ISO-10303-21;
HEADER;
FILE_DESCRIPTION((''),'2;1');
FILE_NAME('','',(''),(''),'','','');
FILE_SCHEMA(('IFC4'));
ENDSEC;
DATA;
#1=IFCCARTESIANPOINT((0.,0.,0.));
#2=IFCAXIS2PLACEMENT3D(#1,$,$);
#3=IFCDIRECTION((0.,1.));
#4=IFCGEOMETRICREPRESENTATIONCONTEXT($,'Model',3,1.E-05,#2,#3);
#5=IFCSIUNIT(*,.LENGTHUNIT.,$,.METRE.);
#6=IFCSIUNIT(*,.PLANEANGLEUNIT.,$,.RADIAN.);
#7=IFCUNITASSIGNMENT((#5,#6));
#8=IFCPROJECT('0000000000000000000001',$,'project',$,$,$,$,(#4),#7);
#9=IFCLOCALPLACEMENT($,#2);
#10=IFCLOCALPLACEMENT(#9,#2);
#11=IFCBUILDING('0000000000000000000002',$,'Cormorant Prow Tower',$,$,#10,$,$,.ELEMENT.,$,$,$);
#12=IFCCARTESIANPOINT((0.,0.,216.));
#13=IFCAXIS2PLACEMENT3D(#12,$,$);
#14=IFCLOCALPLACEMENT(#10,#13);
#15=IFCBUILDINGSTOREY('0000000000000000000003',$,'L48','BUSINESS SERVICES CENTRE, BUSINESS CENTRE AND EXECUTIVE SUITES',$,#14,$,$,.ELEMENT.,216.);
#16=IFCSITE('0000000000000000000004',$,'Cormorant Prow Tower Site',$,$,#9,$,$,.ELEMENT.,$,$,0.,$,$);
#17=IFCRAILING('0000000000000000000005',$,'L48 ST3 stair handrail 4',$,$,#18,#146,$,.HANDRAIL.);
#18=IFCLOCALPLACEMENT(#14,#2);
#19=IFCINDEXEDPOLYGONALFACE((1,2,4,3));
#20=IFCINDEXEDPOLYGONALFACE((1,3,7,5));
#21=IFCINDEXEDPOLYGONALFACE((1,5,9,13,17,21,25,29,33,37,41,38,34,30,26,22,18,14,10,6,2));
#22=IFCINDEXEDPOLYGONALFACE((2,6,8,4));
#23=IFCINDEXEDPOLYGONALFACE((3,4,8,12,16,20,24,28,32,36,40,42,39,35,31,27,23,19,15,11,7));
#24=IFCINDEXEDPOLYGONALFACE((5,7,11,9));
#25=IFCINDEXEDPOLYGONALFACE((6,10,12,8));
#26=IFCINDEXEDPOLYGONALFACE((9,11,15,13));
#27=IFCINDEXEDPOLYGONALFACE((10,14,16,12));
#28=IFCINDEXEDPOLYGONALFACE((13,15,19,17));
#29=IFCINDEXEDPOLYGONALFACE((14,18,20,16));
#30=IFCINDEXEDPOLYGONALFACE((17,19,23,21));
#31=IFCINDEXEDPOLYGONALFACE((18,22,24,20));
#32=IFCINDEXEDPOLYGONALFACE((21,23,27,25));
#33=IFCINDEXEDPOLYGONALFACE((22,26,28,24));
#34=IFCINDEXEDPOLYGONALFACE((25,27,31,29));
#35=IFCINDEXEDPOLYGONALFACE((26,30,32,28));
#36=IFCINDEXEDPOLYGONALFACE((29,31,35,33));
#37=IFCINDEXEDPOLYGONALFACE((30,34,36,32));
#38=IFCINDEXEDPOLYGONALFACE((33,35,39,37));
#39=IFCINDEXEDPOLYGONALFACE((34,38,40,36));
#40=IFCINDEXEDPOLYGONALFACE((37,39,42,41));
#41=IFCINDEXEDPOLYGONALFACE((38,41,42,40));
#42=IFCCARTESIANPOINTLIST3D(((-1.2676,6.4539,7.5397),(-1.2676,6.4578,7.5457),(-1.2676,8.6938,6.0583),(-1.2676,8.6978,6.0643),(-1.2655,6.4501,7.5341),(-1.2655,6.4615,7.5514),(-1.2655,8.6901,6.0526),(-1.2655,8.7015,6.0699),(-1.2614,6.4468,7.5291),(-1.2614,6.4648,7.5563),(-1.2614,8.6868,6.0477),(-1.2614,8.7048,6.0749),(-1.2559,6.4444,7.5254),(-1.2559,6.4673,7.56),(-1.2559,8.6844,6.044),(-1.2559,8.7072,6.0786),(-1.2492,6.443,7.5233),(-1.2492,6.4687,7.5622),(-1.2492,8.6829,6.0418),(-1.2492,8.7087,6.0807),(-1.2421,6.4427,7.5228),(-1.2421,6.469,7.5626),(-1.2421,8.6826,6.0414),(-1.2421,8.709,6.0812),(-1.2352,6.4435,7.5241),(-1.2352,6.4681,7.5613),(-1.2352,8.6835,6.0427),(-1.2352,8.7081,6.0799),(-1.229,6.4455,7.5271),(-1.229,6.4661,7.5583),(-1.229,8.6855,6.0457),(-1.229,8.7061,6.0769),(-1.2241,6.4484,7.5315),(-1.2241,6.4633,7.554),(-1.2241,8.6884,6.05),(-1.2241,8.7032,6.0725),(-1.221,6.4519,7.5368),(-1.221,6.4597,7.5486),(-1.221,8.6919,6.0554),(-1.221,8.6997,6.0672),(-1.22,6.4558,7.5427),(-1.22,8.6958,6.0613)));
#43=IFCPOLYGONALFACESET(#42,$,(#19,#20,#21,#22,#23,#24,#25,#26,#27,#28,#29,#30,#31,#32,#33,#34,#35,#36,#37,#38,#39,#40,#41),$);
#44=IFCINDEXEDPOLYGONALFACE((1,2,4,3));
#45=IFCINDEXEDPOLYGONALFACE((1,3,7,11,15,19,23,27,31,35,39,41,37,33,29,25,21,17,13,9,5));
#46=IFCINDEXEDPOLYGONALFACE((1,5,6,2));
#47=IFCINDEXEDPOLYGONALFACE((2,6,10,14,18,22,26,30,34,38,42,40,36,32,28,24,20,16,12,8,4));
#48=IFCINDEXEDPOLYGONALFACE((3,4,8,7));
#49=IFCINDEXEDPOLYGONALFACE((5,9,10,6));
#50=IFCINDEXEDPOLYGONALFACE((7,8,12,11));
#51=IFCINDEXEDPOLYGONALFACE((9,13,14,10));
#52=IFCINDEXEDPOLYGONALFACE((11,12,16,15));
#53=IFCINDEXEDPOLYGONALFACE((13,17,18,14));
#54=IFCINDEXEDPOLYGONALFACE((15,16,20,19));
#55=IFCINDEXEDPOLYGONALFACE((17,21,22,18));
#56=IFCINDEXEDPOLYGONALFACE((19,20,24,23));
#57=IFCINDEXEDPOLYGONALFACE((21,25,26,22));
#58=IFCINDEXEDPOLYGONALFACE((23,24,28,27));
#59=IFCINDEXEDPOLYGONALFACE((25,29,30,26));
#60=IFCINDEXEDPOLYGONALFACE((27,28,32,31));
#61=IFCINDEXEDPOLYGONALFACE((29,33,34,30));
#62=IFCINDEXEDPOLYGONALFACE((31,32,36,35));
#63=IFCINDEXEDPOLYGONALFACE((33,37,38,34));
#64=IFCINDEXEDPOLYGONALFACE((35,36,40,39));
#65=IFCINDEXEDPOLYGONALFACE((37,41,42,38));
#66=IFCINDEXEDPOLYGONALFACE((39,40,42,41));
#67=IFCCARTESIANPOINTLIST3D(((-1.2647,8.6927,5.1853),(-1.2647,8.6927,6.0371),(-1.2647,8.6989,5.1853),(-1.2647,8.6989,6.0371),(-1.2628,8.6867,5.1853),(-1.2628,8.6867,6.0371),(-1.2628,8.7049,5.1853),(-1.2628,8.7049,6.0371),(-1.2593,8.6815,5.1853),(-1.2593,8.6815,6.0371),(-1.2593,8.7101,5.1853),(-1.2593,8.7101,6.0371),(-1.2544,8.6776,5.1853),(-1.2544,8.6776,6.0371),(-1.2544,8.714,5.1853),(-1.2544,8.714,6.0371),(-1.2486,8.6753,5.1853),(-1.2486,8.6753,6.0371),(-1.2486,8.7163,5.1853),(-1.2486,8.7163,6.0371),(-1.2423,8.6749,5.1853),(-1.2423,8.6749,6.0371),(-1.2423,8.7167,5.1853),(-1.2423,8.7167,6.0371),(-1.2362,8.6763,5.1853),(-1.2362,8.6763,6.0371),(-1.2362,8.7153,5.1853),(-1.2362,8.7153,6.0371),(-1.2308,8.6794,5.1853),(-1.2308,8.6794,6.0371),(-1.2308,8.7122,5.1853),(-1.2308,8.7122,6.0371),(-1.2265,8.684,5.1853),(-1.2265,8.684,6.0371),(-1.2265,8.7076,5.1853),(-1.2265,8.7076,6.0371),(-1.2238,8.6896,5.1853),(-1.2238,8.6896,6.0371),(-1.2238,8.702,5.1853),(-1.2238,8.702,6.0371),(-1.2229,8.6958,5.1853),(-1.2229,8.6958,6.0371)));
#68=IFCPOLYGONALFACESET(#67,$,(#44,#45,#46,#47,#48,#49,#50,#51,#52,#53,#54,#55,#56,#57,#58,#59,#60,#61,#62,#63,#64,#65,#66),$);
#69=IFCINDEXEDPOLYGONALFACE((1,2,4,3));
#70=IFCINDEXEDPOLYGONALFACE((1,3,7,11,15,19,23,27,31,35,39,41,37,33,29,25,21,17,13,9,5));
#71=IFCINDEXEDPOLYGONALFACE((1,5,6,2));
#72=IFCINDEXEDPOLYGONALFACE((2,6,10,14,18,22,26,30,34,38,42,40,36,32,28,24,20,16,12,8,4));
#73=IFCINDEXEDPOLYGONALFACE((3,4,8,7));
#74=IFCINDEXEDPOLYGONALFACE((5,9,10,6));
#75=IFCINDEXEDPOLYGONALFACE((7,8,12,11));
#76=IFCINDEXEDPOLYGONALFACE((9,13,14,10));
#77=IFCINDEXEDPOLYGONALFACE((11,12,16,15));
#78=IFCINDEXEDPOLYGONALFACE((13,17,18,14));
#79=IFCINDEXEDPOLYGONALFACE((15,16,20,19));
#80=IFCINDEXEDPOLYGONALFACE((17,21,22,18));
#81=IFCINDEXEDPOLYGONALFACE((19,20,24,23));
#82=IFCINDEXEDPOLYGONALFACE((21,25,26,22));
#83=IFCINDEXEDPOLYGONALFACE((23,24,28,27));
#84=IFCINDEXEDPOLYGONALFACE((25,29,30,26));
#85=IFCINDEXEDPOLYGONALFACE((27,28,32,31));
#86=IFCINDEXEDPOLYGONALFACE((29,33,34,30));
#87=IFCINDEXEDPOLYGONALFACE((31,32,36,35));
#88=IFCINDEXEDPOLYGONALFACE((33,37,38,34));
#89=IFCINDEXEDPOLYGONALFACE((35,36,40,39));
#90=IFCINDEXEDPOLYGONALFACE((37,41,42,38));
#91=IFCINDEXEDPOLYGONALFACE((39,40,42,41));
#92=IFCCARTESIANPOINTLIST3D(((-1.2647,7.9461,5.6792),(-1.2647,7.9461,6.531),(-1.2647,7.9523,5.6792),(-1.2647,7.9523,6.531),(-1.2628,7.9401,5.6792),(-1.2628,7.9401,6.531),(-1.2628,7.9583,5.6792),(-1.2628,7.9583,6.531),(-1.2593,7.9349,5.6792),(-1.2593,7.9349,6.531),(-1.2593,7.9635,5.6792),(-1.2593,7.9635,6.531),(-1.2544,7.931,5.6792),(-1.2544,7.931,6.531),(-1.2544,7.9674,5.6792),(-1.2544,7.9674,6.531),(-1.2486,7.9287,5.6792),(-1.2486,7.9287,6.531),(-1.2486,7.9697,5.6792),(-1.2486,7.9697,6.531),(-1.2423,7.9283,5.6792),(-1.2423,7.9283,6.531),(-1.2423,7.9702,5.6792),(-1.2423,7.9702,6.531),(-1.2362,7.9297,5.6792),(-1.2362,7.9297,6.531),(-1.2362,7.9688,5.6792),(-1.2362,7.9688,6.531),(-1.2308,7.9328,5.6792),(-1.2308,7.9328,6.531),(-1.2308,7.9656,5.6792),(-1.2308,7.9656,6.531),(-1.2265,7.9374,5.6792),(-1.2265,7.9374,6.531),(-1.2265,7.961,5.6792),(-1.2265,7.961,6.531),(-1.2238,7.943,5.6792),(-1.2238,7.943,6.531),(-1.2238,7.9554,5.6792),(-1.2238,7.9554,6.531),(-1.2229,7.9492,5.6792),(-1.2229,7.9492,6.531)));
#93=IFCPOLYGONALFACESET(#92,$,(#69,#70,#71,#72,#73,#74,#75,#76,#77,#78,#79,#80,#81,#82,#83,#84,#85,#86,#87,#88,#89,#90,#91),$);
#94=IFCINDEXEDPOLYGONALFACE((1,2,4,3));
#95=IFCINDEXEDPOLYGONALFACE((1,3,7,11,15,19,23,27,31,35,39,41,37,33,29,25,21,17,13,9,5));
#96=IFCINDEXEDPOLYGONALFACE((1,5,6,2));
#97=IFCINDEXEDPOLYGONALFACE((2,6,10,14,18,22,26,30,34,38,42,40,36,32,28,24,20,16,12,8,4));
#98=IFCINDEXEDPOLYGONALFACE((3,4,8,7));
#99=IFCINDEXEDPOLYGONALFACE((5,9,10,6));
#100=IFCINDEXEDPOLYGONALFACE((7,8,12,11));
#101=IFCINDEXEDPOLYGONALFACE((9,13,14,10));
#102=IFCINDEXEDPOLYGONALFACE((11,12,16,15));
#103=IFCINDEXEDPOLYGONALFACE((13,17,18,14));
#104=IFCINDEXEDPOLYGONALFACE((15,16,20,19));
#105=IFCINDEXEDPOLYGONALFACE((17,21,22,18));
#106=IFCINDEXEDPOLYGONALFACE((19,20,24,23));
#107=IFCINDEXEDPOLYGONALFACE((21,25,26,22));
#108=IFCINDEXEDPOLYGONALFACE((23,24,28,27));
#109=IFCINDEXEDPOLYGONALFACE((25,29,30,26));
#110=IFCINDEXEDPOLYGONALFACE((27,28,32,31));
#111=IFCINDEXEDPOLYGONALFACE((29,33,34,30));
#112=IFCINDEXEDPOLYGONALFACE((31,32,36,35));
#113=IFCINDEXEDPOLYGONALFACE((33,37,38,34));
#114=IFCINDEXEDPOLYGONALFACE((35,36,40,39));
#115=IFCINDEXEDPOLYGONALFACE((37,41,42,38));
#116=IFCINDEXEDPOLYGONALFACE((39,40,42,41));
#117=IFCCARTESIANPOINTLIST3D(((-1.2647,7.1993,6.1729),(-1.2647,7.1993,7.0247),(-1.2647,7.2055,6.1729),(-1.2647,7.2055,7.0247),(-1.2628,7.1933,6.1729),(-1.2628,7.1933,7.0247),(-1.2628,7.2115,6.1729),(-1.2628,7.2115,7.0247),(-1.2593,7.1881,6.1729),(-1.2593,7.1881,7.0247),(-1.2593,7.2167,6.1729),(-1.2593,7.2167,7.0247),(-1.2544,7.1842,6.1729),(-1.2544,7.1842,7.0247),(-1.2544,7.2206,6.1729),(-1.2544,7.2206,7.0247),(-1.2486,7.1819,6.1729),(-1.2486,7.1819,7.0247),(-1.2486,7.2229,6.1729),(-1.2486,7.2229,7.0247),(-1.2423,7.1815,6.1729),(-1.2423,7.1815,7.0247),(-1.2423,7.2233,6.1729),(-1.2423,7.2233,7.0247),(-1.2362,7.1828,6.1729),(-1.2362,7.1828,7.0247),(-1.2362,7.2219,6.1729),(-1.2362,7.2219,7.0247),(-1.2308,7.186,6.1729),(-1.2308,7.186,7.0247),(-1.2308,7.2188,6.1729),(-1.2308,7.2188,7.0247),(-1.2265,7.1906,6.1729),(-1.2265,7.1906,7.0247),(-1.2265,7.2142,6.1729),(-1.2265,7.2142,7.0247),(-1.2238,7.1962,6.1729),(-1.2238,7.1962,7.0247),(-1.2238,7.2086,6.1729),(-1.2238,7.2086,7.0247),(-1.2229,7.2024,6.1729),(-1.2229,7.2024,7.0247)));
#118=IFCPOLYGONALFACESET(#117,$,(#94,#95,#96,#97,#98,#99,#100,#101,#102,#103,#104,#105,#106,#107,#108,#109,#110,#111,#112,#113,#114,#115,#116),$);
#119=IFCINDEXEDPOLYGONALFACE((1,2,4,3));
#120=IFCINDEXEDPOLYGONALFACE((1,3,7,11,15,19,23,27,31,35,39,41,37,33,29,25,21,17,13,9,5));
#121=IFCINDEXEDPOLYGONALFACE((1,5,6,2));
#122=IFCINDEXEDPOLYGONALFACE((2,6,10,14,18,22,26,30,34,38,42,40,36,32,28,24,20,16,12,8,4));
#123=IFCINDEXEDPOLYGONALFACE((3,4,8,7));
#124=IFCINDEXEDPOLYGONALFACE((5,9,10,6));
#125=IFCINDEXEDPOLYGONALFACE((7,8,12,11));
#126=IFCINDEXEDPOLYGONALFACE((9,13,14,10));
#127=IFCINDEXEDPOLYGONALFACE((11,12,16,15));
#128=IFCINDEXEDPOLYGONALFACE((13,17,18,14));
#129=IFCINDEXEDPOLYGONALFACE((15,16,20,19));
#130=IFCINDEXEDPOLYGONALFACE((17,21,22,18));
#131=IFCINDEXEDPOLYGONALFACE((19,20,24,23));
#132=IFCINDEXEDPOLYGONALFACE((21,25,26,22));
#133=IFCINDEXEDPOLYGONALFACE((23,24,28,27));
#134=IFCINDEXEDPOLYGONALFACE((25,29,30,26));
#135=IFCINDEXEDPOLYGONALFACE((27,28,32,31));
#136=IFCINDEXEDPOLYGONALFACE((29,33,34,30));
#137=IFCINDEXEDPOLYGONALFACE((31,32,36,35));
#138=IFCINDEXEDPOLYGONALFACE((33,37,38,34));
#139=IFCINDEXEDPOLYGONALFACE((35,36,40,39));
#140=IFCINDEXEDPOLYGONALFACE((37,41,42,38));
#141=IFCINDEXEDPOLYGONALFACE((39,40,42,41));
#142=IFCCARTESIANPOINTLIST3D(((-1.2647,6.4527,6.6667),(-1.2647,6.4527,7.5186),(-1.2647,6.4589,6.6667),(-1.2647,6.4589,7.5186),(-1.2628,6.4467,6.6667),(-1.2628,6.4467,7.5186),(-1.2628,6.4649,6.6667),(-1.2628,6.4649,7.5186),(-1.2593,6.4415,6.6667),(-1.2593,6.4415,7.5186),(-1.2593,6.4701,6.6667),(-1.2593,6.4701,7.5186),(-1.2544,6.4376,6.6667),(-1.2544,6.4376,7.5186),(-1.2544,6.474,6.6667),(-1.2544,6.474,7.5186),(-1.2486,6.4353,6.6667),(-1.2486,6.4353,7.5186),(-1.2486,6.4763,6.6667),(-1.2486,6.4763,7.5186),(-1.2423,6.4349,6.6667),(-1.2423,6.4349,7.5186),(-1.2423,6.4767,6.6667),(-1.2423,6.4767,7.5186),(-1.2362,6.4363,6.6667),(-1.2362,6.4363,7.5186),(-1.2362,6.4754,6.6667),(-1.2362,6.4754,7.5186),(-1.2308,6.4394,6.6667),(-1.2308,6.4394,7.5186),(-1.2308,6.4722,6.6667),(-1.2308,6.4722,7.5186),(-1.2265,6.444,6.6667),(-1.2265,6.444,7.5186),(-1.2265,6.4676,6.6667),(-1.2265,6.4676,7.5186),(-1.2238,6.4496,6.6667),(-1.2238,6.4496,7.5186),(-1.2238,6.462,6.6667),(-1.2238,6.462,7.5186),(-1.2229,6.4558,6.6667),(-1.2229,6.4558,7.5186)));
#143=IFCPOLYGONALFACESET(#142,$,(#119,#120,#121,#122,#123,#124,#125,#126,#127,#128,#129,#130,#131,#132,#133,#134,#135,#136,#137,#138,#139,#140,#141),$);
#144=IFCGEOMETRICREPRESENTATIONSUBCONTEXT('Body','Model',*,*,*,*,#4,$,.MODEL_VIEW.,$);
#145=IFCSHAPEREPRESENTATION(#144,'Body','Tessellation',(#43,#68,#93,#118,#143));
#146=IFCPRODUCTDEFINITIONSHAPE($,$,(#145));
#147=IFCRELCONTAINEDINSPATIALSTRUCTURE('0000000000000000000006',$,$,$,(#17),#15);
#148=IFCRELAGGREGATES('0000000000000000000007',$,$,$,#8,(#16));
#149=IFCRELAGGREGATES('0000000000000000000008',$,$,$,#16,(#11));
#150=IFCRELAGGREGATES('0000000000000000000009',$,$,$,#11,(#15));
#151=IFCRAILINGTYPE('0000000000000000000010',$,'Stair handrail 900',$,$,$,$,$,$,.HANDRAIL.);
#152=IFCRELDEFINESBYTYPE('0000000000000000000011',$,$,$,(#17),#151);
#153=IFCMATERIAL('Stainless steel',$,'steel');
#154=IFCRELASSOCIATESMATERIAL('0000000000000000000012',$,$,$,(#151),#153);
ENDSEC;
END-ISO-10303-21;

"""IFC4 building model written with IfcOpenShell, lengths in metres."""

from ifc_helpers import new_model, si_unit, direction, frame, origin, origin_2d, place, context, subcontext, project, spatial, circle, extrude, material, type_object, element, save


model = new_model("IFC4")

# Units and contexts
model_context = context("Model", 3, precision=1e-05, world=origin(), true_north=direction((0.0, 1.0)))
body_context = subcontext(model_context, "Body", "Model", "MODEL_VIEW")
ifc_project = project(units=[si_unit("LENGTHUNIT", "METRE"), si_unit("PLANEANGLEUNIT", "RADIAN")], contexts=[model_context])

# Site, building, storey
site_placement = place(None, origin())
site = spatial("IfcSite", under=ifc_project, at=site_placement, Name="Cormorant Prow Tower Site", CompositionType="ELEMENT", RefElevation=0.0)
building_placement = place(site_placement, origin())
building = spatial("IfcBuilding", under=site, at=building_placement, Name="Cormorant Prow Tower", CompositionType="ELEMENT")
storey_placement = place(building_placement, frame((0.0, 0.0, 216.0)))
storey = spatial("IfcBuildingStorey", under=building, at=storey_placement, Name="L48", Description="BUSINESS SERVICES CENTRE, BUSINESS CENTRE AND EXECUTIVE SUITES", CompositionType="ELEMENT", Elevation=216.0)

# Railing
ifc_material_1 = material(Name="Stainless steel", Category="steel")
railing_type = type_object("IfcRailingType", Name="Stair handrail 900", PredefinedType="HANDRAIL", material=ifc_material_1)
for number, where, name in (
    (1, (-1.2439, 8.6958, 5.1853), "L48 ST3 stair handrail 4"),
):
    element("IfcRailing", number, at=place(storey_placement, frame(where)), inside=storey, type_object=railing_type, Name=name, PredefinedType="HANDRAIL", context=body_context, shape_type="SweptSolid", body=[
        extrude(circle(Radius=0.0239, at=origin_2d()), frame((0.0, 0.0, 0.876), z_axis=(0.0, -0.834087, 0.551634), x_axis=(1.0, 0.0, 0.0)), (0.0, 0.0, 1.0), 2.6855),
        extrude(circle(Radius=0.021, at=origin_2d()), origin(), (0.0, 0.0, 1.0), 0.8518),
        extrude(circle(Radius=0.021, at=origin_2d()), frame((0.0, -0.7466, 0.4939)), (0.0, 0.0, 1.0), 0.8518),
        extrude(circle(Radius=0.021, at=origin_2d()), frame((0.0, -1.4934, 0.9875)), (0.0, 0.0, 1.0), 0.8518),
        extrude(circle(Radius=0.021, at=origin_2d()), frame((0.0, -2.24, 1.4814)), (0.0, 0.0, 1.0), 0.8518),
    ])

save(model, "model.ifc")
